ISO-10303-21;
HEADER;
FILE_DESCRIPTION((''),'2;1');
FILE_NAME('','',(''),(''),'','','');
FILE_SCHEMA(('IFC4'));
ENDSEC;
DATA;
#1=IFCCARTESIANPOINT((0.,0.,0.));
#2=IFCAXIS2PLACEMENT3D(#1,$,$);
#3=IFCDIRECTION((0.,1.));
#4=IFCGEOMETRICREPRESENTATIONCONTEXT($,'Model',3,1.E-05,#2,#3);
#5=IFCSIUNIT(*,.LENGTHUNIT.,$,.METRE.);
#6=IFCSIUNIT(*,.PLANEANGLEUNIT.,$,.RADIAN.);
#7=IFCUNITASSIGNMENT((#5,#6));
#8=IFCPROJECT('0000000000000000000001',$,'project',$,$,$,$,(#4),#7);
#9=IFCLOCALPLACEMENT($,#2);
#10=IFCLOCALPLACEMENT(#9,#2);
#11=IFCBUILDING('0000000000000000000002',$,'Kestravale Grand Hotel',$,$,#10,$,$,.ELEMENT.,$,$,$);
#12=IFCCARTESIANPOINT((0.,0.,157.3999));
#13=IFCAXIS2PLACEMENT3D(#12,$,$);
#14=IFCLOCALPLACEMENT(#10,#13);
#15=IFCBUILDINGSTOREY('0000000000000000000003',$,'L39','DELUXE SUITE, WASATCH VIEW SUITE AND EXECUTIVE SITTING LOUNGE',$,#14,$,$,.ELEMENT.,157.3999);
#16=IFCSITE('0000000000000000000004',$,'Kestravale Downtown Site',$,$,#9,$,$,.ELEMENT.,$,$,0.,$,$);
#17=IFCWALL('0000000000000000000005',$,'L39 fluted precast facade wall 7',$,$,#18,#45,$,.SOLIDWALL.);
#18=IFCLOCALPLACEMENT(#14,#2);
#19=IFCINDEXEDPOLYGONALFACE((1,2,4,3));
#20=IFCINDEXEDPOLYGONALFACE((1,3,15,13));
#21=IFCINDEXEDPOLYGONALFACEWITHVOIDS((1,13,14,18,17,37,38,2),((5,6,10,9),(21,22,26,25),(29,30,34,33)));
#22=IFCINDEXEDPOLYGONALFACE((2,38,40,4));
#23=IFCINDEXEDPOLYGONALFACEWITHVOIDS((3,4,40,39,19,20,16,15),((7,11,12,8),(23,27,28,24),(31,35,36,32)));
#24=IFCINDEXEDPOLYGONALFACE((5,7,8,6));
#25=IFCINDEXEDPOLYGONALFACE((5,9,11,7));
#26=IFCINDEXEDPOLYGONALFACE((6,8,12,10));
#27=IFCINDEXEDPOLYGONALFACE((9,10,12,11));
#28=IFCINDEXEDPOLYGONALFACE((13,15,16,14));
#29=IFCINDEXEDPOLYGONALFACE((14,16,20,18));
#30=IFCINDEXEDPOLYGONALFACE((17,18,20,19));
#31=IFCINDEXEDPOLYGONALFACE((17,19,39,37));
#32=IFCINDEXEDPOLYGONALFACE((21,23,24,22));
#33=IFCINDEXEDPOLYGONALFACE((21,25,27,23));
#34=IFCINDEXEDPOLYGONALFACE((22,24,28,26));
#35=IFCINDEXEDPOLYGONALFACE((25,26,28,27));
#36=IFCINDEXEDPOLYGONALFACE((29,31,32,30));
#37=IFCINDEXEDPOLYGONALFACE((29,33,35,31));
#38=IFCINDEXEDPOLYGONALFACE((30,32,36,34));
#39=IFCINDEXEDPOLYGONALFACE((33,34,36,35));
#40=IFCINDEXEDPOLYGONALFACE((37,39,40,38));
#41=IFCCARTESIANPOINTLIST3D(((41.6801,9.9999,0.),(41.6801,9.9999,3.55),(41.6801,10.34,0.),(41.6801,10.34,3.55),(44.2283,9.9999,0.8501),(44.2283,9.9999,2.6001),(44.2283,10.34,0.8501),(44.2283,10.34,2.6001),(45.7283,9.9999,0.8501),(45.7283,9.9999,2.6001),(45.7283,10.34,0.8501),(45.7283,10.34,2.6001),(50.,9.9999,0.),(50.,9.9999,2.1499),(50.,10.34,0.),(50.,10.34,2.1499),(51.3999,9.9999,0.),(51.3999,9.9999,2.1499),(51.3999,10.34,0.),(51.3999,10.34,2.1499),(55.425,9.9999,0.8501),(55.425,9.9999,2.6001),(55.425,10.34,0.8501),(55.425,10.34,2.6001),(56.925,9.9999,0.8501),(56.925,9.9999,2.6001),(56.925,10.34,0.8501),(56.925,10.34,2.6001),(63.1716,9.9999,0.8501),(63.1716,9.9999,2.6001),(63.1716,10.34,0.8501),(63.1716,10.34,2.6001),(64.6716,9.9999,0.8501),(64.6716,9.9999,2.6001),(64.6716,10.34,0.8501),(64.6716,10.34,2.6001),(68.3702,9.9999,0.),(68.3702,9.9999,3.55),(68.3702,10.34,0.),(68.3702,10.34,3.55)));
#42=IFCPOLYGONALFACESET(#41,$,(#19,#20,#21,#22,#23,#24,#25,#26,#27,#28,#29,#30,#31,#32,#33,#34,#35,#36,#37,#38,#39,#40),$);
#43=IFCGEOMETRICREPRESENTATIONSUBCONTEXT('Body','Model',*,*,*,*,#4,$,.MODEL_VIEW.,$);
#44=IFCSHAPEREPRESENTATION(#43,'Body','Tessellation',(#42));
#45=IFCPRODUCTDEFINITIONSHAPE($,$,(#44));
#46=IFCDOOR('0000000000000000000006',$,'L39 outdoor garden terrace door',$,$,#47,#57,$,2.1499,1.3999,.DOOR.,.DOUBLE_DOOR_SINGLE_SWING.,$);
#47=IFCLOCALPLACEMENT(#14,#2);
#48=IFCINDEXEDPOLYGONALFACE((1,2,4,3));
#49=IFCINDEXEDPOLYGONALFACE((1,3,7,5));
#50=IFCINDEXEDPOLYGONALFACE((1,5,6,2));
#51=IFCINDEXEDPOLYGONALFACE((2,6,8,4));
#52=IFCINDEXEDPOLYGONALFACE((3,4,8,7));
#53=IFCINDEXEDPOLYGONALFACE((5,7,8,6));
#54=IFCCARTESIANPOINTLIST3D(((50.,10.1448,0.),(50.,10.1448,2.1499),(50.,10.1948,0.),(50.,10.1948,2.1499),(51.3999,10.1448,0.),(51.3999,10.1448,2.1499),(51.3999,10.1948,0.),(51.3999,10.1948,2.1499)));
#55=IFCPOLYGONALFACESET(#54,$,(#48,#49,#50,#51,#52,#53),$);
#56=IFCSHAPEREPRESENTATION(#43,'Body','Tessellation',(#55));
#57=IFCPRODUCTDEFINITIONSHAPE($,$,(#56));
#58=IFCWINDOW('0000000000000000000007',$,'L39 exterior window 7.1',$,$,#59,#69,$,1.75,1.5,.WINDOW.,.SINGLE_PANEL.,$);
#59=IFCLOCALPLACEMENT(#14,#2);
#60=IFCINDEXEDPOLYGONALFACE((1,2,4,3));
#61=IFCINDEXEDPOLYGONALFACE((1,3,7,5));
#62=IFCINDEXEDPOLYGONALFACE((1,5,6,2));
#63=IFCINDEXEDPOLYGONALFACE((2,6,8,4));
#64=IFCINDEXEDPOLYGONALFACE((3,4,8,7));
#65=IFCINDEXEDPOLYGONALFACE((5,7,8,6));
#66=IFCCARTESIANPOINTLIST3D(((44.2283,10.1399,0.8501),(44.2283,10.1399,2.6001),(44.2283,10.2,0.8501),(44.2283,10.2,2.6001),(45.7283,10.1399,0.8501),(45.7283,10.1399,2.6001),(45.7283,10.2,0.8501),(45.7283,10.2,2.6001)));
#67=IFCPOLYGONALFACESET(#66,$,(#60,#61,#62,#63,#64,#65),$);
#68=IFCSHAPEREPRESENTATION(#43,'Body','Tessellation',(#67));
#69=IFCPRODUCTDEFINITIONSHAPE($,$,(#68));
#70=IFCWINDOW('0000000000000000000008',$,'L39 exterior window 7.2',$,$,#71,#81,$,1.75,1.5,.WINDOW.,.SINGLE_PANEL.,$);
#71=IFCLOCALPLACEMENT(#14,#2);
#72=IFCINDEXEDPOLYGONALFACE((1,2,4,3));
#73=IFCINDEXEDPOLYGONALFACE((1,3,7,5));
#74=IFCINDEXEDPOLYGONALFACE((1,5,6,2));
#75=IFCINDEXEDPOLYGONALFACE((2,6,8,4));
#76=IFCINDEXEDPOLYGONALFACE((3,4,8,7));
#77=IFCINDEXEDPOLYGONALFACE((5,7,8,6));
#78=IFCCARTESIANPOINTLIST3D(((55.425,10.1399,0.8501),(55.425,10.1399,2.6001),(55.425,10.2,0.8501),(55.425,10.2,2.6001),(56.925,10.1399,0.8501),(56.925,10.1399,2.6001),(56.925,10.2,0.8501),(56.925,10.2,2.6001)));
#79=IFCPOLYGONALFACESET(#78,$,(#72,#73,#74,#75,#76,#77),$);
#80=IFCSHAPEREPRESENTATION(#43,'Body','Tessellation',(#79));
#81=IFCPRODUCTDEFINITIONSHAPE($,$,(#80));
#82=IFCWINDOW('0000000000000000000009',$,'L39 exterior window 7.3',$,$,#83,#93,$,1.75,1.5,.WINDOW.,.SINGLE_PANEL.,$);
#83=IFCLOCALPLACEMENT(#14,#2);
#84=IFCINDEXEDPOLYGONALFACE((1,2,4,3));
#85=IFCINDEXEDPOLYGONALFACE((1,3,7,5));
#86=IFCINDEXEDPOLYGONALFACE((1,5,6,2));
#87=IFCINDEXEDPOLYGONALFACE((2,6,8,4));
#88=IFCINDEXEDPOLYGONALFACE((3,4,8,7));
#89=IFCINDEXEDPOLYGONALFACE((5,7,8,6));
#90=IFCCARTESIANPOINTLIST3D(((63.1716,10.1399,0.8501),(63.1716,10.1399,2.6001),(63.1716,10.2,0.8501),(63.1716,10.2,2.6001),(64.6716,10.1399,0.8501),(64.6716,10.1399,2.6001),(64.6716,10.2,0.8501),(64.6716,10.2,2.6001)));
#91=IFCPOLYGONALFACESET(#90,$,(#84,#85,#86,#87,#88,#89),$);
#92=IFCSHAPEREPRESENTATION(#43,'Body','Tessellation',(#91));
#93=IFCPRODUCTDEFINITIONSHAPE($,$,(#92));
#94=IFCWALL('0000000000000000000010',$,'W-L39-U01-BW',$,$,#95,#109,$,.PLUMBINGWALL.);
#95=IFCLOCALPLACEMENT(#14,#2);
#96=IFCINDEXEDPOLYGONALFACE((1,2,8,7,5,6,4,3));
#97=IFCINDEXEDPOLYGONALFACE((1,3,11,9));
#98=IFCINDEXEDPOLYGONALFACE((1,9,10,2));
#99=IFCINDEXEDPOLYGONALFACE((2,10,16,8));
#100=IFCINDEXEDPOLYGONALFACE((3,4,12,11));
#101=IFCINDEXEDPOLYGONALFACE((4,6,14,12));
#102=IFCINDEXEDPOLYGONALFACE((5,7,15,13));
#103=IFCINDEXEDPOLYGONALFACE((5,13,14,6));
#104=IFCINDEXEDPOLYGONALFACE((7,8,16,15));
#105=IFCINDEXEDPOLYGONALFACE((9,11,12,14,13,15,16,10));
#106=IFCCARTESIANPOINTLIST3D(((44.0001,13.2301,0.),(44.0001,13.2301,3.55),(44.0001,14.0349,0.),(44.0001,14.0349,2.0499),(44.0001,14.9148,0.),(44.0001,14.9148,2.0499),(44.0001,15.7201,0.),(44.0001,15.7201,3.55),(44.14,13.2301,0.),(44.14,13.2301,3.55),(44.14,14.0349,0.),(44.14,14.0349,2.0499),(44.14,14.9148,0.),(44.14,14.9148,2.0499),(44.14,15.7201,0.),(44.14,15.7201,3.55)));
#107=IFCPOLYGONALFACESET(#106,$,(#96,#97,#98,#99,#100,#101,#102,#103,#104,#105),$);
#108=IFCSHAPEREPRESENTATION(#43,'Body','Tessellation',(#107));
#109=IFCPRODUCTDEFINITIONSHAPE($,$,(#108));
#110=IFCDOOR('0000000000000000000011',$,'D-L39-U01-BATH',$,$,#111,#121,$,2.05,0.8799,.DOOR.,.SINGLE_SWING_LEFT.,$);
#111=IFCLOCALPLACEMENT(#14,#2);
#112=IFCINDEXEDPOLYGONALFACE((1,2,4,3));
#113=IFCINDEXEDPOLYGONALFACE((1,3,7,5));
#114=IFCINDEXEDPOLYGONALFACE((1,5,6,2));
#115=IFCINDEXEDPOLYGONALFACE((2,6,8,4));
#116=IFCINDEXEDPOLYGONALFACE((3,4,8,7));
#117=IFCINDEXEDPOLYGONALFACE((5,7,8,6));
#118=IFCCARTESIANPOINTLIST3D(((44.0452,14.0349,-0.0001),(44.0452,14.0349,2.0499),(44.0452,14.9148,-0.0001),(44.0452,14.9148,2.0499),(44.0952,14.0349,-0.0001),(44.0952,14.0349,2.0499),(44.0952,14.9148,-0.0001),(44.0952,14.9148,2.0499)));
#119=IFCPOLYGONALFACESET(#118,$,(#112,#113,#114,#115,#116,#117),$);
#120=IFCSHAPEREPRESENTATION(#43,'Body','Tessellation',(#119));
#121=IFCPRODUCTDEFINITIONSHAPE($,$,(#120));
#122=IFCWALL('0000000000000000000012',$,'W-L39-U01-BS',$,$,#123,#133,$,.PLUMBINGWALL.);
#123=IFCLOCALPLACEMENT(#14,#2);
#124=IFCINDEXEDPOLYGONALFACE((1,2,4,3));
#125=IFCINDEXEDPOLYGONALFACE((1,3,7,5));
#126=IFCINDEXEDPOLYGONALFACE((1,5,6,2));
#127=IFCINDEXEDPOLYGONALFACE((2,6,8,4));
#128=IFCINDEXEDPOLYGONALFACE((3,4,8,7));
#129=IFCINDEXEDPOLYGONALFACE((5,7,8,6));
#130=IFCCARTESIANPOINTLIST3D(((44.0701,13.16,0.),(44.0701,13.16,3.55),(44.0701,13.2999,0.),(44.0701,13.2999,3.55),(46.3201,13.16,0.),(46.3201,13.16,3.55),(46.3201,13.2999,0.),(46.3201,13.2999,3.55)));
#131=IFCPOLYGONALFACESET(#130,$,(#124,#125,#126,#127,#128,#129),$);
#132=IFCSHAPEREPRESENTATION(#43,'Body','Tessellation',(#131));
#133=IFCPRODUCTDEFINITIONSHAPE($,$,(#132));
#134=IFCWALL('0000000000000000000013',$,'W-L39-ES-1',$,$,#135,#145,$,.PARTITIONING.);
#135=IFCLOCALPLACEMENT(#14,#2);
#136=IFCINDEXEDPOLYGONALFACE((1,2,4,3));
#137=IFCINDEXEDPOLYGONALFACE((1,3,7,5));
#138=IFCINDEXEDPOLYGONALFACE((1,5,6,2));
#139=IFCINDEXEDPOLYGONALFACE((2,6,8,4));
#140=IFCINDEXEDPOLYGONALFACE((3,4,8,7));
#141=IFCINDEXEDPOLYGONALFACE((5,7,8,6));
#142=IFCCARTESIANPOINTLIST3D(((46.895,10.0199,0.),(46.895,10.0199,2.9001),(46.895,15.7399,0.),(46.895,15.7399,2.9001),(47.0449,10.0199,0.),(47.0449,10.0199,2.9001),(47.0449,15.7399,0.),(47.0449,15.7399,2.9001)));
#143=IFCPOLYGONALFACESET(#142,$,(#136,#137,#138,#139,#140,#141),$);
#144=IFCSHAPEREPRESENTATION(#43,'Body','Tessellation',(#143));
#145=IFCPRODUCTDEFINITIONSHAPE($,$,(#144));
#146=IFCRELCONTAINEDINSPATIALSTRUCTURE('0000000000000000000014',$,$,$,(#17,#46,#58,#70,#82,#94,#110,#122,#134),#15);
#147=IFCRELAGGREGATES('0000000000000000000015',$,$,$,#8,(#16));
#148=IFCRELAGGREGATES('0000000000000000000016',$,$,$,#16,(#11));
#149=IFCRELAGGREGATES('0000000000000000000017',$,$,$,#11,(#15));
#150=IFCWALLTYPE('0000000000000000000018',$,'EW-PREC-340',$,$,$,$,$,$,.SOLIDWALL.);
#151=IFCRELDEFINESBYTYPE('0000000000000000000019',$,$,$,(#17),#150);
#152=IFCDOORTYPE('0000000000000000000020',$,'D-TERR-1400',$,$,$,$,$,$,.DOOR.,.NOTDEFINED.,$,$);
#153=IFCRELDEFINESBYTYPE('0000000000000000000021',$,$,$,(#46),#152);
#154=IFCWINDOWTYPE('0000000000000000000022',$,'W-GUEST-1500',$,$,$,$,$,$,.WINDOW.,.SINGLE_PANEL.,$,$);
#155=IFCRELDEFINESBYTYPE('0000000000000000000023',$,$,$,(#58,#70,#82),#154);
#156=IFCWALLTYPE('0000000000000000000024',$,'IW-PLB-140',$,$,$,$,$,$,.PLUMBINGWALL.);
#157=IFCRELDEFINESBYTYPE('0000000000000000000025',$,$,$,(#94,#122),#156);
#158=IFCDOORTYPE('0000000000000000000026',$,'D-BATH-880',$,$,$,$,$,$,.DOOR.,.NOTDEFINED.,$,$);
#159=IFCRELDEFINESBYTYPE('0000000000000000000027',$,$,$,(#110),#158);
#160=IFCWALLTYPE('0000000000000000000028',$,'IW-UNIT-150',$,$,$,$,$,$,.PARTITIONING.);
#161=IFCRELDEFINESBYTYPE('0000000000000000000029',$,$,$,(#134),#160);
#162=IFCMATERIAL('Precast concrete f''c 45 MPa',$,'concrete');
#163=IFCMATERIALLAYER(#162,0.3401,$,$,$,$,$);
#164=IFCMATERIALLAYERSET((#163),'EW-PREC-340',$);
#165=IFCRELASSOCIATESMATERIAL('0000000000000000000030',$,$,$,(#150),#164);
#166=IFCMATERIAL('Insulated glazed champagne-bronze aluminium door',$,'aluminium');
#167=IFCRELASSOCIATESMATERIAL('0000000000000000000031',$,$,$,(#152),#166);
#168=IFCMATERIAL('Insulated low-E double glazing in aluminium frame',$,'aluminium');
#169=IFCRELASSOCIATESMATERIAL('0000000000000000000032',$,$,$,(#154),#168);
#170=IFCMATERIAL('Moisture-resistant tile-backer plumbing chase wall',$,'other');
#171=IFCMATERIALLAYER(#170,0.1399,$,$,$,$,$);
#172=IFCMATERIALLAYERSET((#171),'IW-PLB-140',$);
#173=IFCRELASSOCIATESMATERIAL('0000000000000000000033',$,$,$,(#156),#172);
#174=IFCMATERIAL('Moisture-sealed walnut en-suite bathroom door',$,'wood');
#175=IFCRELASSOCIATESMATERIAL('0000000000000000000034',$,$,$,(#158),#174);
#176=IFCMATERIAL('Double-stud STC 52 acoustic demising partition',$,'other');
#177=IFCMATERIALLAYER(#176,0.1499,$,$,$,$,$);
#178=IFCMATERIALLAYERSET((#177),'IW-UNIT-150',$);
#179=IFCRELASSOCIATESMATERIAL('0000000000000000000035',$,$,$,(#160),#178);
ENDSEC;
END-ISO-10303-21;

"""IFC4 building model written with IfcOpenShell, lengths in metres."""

from ifc_helpers import new_model, si_unit, direction, frame, frame_2d, origin, place, context, subcontext, project, spatial, rectangle, extrude, material, layer, layer_set, type_object, element, fill, save


model = new_model("IFC4")

# Units and contexts
model_context = context("Model", 3, precision=1e-05, world=origin(), true_north=direction((0.0, 1.0)))
body_context = subcontext(model_context, "Body", "Model", "MODEL_VIEW")
ifc_project = project(units=[si_unit("LENGTHUNIT", "METRE"), si_unit("PLANEANGLEUNIT", "RADIAN")], contexts=[model_context])

# Site, building, storey
site_placement = place(None, origin())
site = spatial("IfcSite", under=ifc_project, at=site_placement, Name="Kestravale Downtown Site", CompositionType="ELEMENT", RefElevation=0.0)
building_placement = place(site_placement, origin())
building = spatial("IfcBuilding", under=site, at=building_placement, Name="Kestravale Grand Hotel", CompositionType="ELEMENT")
storey_placement = place(building_placement, frame((0.0, 0.0, 157.3999)))
storey = spatial("IfcBuildingStorey", under=building, at=storey_placement, Name="L39", Description="DELUXE SUITE, WASATCH VIEW SUITE AND EXECUTIVE SITTING LOUNGE", CompositionType="ELEMENT", Elevation=157.3999)

# Shared definitions
ifc_material_1 = material(Name="Precast concrete f'c 45 MPa", Category="concrete")
ifc_layer_1 = layer(ifc_material_1, 0.3401)
ifc_layer_set_1 = layer_set([ifc_layer_1], Name="EW-PREC-340")
wall_type_1 = type_object("IfcWallType", Name="EW-PREC-340", PredefinedType="SOLIDWALL", material=ifc_layer_set_1)

# Wall, openings, door, windows
wall_1_placement = place(storey_placement, frame((41.6799, 10.1699, 0.0), z_axis=(0.0, 0.0, 1.0), x_axis=(1.0, 0.0, 0.0)))
wall_1 = element("IfcWall", 1, at=wall_1_placement, inside=storey, type_object=wall_type_1, Name="L39 fluted precast facade wall 7", PredefinedType="SOLIDWALL", context=body_context, shape_type="SweptSolid", body=[
    extrude(rectangle(XDim=26.6902, YDim=0.3401, at=frame_2d((13.3452, 0.0))), origin(), (0.0, 0.0, 1.0), 3.55),
])
opening_1_placement = place(wall_1_placement, frame((8.3201, 0.0, 0.0)))
opening_1 = element("IfcOpeningElement", 2, at=opening_1_placement, cuts=wall_1, PredefinedType="OPENING", context=body_context, shape_type="SweptSolid", body=[
    extrude(rectangle(XDim=1.3999, YDim=2.1499, at=frame_2d((0.7, 1.075))), frame((0.0, 0.1799, 0.0), z_axis=(0.0, -1.0, 0.0), x_axis=(1.0, 0.0, 0.0)), (0.0, 0.0, 1.0), 0.3601),
])
opening_2_placement = place(wall_1_placement, frame((2.5483, 0.0, 0.8501)))
opening_2 = element("IfcOpeningElement", 3, at=opening_2_placement, cuts=wall_1, PredefinedType="OPENING", context=body_context, shape_type="SweptSolid", body=[
    extrude(rectangle(XDim=1.5, YDim=1.75, at=frame_2d((0.75, 0.875))), frame((0.0, 0.1799, 0.0), z_axis=(0.0, -1.0, 0.0), x_axis=(1.0, 0.0, 0.0)), (0.0, 0.0, 1.0), 0.3601),
])
opening_3_placement = place(wall_1_placement, frame((13.7451, 0.0, 0.8501)))
opening_3 = element("IfcOpeningElement", 4, at=opening_3_placement, cuts=wall_1, PredefinedType="OPENING", context=body_context, shape_type="SweptSolid", body=[
    extrude(rectangle(XDim=1.5, YDim=1.75, at=frame_2d((0.75, 0.875))), frame((0.0, 0.1799, 0.0), z_axis=(0.0, -1.0, 0.0), x_axis=(1.0, 0.0, 0.0)), (0.0, 0.0, 1.0), 0.3601),
])
opening_4_placement = place(wall_1_placement, frame((21.4917, 0.0, 0.8501)))
opening_4 = element("IfcOpeningElement", 5, at=opening_4_placement, cuts=wall_1, PredefinedType="OPENING", context=body_context, shape_type="SweptSolid", body=[
    extrude(rectangle(XDim=1.5, YDim=1.75, at=frame_2d((0.75, 0.875))), frame((0.0, 0.1799, 0.0), z_axis=(0.0, -1.0, 0.0), x_axis=(1.0, 0.0, 0.0)), (0.0, 0.0, 1.0), 0.3601),
])
ifc_material_2 = material(Name="Insulated glazed champagne-bronze aluminium door", Category="aluminium")
door_type_1 = type_object("IfcDoorType", Name="D-TERR-1400", OperationType="NOTDEFINED", PredefinedType="DOOR", material=ifc_material_2)
door_1_placement = place(opening_1_placement, origin())
door_1 = element("IfcDoor", 6, at=door_1_placement, inside=storey, type_object=door_type_1, Name="L39 outdoor garden terrace door", OperationType="DOUBLE_DOOR_SINGLE_SWING", OverallHeight=2.1499, OverallWidth=1.3999, PredefinedType="DOOR", context=body_context, shape_type="SweptSolid", body=[
    extrude(rectangle(XDim=1.3999, YDim=2.1499, at=frame_2d((0.7, 1.075))), frame((0.0, 0.0249, 0.0), z_axis=(0.0, -1.0, 0.0), x_axis=(1.0, 0.0, 0.0)), (0.0, 0.0, 1.0), 0.05),
])
fill(opening_1, door_1)
ifc_material_3 = material(Name="Insulated low-E double glazing in aluminium frame", Category="aluminium")
window_type = type_object("IfcWindowType", Name="W-GUEST-1500", PartitioningType="SINGLE_PANEL", PredefinedType="WINDOW", material=ifc_material_3)
window_1_placement = place(opening_2_placement, origin())
window_1 = element("IfcWindow", 7, at=window_1_placement, inside=storey, type_object=window_type, Name="L39 exterior window 7.1", OverallHeight=1.75, OverallWidth=1.5, PartitioningType="SINGLE_PANEL", PredefinedType="WINDOW", context=body_context, shape_type="SweptSolid", body=[
    extrude(rectangle(XDim=1.5, YDim=1.75, at=frame_2d((0.75, 0.875))), frame((0.0, 0.03, 0.0), z_axis=(0.0, -1.0, 0.0), x_axis=(1.0, 0.0, 0.0)), (0.0, 0.0, 1.0), 0.0601),
])
fill(opening_2, window_1)
window_2_placement = place(opening_3_placement, origin())
window_2 = element("IfcWindow", 8, at=window_2_placement, inside=storey, type_object=window_type, Name="L39 exterior window 7.2", OverallHeight=1.75, OverallWidth=1.5, PartitioningType="SINGLE_PANEL", PredefinedType="WINDOW", context=body_context, shape_type="SweptSolid", body=[
    extrude(rectangle(XDim=1.5, YDim=1.75, at=frame_2d((0.75, 0.875))), frame((0.0, 0.03, 0.0), z_axis=(0.0, -1.0, 0.0), x_axis=(1.0, 0.0, 0.0)), (0.0, 0.0, 1.0), 0.0601),
])
fill(opening_3, window_2)
window_3_placement = place(opening_4_placement, origin())
window_3 = element("IfcWindow", 9, at=window_3_placement, inside=storey, type_object=window_type, Name="L39 exterior window 7.3", OverallHeight=1.75, OverallWidth=1.5, PartitioningType="SINGLE_PANEL", PredefinedType="WINDOW", context=body_context, shape_type="SweptSolid", body=[
    extrude(rectangle(XDim=1.5, YDim=1.75, at=frame_2d((0.75, 0.875))), frame((0.0, 0.03, 0.0), z_axis=(0.0, -1.0, 0.0), x_axis=(1.0, 0.0, 0.0)), (0.0, 0.0, 1.0), 0.0601),
])
fill(opening_4, window_3)

# Wall, opening, door
ifc_material_4 = material(Name="Moisture-resistant tile-backer plumbing chase wall", Category="other")
ifc_layer_2 = layer(ifc_material_4, 0.1399)
ifc_layer_set_2 = layer_set([ifc_layer_2], Name="IW-PLB-140")
wall_type_2 = type_object("IfcWallType", Name="IW-PLB-140", PredefinedType="PLUMBINGWALL", material=ifc_layer_set_2)
wall_2_placement = place(storey_placement, frame((44.0701, 13.23, 0.0), z_axis=(0.0, 0.0, 1.0), x_axis=(0.0, 1.0, 0.0)))
wall_2 = element("IfcWall", 10, at=wall_2_placement, inside=storey, type_object=wall_type_2, Name="W-L39-U01-BW", PredefinedType="PLUMBINGWALL", context=body_context, shape_type="SweptSolid", body=[
    extrude(rectangle(XDim=2.49, YDim=0.1399, at=frame_2d((1.2451, 0.0))), origin(), (0.0, 0.0, 1.0), 3.55),
])
opening_5_placement = place(wall_2_placement, frame((0.8049, 0.0, 0.0)))
opening_5 = element("IfcOpeningElement", 11, at=opening_5_placement, cuts=wall_2, PredefinedType="OPENING", context=body_context, shape_type="SweptSolid", body=[
    extrude(rectangle(XDim=0.8799, YDim=2.05, at=frame_2d((0.4399, 1.0249))), frame((0.0, 0.0798, 0.0), z_axis=(0.0, -1.0, 0.0), x_axis=(1.0, 0.0, 0.0)), (0.0, 0.0, 1.0), 0.1599),
])
ifc_material_5 = material(Name="Moisture-sealed walnut en-suite bathroom door", Category="wood")
door_type_2 = type_object("IfcDoorType", Name="D-BATH-880", OperationType="NOTDEFINED", PredefinedType="DOOR", material=ifc_material_5)
door_2_placement = place(opening_5_placement, origin())
door_2 = element("IfcDoor", 12, at=door_2_placement, inside=storey, type_object=door_type_2, Name="D-L39-U01-BATH", OperationType="SINGLE_SWING_LEFT", OverallHeight=2.05, OverallWidth=0.8799, PredefinedType="DOOR", context=body_context, shape_type="SweptSolid", body=[
    extrude(rectangle(XDim=0.8799, YDim=2.05, at=frame_2d((0.4399, 1.0249))), frame((0.0, 0.0249, 0.0), z_axis=(0.0, -1.0, 0.0), x_axis=(1.0, 0.0, 0.0)), (0.0, 0.0, 1.0), 0.05),
])
fill(opening_5, door_2)

# Walls
wall_3_placement = place(storey_placement, frame((44.0701, 13.23, 0.0), z_axis=(0.0, 0.0, 1.0), x_axis=(1.0, 0.0, 0.0)))
element("IfcWall", 13, at=wall_3_placement, inside=storey, type_object=wall_type_2, Name="W-L39-U01-BS", PredefinedType="PLUMBINGWALL", context=body_context, shape_type="SweptSolid", body=[
    extrude(rectangle(XDim=2.25, YDim=0.1399, at=frame_2d((1.125, 0.0))), origin(), (0.0, 0.0, 1.0), 3.55),
])
ifc_material_6 = material(Name="Double-stud STC 52 acoustic demising partition", Category="other")
ifc_layer_3 = layer(ifc_material_6, 0.1499)
ifc_layer_set_3 = layer_set([ifc_layer_3], Name="IW-UNIT-150")
wall_type_3 = type_object("IfcWallType", Name="IW-UNIT-150", PredefinedType="PARTITIONING", material=ifc_layer_set_3)
wall_4_placement = place(storey_placement, frame((46.97, 10.02, 0.0), z_axis=(0.0, 0.0, 1.0), x_axis=(0.0, 1.0, 0.0)))
element("IfcWall", 14, at=wall_4_placement, inside=storey, type_object=wall_type_3, Name="W-L39-ES-1", PredefinedType="PARTITIONING", context=body_context, shape_type="SweptSolid", body=[
    extrude(rectangle(XDim=5.72, YDim=0.1499, at=frame_2d((2.8599, 0.0))), origin(), (0.0, 0.0, 1.0), 2.9001),
])

save(model, "model.ifc")
